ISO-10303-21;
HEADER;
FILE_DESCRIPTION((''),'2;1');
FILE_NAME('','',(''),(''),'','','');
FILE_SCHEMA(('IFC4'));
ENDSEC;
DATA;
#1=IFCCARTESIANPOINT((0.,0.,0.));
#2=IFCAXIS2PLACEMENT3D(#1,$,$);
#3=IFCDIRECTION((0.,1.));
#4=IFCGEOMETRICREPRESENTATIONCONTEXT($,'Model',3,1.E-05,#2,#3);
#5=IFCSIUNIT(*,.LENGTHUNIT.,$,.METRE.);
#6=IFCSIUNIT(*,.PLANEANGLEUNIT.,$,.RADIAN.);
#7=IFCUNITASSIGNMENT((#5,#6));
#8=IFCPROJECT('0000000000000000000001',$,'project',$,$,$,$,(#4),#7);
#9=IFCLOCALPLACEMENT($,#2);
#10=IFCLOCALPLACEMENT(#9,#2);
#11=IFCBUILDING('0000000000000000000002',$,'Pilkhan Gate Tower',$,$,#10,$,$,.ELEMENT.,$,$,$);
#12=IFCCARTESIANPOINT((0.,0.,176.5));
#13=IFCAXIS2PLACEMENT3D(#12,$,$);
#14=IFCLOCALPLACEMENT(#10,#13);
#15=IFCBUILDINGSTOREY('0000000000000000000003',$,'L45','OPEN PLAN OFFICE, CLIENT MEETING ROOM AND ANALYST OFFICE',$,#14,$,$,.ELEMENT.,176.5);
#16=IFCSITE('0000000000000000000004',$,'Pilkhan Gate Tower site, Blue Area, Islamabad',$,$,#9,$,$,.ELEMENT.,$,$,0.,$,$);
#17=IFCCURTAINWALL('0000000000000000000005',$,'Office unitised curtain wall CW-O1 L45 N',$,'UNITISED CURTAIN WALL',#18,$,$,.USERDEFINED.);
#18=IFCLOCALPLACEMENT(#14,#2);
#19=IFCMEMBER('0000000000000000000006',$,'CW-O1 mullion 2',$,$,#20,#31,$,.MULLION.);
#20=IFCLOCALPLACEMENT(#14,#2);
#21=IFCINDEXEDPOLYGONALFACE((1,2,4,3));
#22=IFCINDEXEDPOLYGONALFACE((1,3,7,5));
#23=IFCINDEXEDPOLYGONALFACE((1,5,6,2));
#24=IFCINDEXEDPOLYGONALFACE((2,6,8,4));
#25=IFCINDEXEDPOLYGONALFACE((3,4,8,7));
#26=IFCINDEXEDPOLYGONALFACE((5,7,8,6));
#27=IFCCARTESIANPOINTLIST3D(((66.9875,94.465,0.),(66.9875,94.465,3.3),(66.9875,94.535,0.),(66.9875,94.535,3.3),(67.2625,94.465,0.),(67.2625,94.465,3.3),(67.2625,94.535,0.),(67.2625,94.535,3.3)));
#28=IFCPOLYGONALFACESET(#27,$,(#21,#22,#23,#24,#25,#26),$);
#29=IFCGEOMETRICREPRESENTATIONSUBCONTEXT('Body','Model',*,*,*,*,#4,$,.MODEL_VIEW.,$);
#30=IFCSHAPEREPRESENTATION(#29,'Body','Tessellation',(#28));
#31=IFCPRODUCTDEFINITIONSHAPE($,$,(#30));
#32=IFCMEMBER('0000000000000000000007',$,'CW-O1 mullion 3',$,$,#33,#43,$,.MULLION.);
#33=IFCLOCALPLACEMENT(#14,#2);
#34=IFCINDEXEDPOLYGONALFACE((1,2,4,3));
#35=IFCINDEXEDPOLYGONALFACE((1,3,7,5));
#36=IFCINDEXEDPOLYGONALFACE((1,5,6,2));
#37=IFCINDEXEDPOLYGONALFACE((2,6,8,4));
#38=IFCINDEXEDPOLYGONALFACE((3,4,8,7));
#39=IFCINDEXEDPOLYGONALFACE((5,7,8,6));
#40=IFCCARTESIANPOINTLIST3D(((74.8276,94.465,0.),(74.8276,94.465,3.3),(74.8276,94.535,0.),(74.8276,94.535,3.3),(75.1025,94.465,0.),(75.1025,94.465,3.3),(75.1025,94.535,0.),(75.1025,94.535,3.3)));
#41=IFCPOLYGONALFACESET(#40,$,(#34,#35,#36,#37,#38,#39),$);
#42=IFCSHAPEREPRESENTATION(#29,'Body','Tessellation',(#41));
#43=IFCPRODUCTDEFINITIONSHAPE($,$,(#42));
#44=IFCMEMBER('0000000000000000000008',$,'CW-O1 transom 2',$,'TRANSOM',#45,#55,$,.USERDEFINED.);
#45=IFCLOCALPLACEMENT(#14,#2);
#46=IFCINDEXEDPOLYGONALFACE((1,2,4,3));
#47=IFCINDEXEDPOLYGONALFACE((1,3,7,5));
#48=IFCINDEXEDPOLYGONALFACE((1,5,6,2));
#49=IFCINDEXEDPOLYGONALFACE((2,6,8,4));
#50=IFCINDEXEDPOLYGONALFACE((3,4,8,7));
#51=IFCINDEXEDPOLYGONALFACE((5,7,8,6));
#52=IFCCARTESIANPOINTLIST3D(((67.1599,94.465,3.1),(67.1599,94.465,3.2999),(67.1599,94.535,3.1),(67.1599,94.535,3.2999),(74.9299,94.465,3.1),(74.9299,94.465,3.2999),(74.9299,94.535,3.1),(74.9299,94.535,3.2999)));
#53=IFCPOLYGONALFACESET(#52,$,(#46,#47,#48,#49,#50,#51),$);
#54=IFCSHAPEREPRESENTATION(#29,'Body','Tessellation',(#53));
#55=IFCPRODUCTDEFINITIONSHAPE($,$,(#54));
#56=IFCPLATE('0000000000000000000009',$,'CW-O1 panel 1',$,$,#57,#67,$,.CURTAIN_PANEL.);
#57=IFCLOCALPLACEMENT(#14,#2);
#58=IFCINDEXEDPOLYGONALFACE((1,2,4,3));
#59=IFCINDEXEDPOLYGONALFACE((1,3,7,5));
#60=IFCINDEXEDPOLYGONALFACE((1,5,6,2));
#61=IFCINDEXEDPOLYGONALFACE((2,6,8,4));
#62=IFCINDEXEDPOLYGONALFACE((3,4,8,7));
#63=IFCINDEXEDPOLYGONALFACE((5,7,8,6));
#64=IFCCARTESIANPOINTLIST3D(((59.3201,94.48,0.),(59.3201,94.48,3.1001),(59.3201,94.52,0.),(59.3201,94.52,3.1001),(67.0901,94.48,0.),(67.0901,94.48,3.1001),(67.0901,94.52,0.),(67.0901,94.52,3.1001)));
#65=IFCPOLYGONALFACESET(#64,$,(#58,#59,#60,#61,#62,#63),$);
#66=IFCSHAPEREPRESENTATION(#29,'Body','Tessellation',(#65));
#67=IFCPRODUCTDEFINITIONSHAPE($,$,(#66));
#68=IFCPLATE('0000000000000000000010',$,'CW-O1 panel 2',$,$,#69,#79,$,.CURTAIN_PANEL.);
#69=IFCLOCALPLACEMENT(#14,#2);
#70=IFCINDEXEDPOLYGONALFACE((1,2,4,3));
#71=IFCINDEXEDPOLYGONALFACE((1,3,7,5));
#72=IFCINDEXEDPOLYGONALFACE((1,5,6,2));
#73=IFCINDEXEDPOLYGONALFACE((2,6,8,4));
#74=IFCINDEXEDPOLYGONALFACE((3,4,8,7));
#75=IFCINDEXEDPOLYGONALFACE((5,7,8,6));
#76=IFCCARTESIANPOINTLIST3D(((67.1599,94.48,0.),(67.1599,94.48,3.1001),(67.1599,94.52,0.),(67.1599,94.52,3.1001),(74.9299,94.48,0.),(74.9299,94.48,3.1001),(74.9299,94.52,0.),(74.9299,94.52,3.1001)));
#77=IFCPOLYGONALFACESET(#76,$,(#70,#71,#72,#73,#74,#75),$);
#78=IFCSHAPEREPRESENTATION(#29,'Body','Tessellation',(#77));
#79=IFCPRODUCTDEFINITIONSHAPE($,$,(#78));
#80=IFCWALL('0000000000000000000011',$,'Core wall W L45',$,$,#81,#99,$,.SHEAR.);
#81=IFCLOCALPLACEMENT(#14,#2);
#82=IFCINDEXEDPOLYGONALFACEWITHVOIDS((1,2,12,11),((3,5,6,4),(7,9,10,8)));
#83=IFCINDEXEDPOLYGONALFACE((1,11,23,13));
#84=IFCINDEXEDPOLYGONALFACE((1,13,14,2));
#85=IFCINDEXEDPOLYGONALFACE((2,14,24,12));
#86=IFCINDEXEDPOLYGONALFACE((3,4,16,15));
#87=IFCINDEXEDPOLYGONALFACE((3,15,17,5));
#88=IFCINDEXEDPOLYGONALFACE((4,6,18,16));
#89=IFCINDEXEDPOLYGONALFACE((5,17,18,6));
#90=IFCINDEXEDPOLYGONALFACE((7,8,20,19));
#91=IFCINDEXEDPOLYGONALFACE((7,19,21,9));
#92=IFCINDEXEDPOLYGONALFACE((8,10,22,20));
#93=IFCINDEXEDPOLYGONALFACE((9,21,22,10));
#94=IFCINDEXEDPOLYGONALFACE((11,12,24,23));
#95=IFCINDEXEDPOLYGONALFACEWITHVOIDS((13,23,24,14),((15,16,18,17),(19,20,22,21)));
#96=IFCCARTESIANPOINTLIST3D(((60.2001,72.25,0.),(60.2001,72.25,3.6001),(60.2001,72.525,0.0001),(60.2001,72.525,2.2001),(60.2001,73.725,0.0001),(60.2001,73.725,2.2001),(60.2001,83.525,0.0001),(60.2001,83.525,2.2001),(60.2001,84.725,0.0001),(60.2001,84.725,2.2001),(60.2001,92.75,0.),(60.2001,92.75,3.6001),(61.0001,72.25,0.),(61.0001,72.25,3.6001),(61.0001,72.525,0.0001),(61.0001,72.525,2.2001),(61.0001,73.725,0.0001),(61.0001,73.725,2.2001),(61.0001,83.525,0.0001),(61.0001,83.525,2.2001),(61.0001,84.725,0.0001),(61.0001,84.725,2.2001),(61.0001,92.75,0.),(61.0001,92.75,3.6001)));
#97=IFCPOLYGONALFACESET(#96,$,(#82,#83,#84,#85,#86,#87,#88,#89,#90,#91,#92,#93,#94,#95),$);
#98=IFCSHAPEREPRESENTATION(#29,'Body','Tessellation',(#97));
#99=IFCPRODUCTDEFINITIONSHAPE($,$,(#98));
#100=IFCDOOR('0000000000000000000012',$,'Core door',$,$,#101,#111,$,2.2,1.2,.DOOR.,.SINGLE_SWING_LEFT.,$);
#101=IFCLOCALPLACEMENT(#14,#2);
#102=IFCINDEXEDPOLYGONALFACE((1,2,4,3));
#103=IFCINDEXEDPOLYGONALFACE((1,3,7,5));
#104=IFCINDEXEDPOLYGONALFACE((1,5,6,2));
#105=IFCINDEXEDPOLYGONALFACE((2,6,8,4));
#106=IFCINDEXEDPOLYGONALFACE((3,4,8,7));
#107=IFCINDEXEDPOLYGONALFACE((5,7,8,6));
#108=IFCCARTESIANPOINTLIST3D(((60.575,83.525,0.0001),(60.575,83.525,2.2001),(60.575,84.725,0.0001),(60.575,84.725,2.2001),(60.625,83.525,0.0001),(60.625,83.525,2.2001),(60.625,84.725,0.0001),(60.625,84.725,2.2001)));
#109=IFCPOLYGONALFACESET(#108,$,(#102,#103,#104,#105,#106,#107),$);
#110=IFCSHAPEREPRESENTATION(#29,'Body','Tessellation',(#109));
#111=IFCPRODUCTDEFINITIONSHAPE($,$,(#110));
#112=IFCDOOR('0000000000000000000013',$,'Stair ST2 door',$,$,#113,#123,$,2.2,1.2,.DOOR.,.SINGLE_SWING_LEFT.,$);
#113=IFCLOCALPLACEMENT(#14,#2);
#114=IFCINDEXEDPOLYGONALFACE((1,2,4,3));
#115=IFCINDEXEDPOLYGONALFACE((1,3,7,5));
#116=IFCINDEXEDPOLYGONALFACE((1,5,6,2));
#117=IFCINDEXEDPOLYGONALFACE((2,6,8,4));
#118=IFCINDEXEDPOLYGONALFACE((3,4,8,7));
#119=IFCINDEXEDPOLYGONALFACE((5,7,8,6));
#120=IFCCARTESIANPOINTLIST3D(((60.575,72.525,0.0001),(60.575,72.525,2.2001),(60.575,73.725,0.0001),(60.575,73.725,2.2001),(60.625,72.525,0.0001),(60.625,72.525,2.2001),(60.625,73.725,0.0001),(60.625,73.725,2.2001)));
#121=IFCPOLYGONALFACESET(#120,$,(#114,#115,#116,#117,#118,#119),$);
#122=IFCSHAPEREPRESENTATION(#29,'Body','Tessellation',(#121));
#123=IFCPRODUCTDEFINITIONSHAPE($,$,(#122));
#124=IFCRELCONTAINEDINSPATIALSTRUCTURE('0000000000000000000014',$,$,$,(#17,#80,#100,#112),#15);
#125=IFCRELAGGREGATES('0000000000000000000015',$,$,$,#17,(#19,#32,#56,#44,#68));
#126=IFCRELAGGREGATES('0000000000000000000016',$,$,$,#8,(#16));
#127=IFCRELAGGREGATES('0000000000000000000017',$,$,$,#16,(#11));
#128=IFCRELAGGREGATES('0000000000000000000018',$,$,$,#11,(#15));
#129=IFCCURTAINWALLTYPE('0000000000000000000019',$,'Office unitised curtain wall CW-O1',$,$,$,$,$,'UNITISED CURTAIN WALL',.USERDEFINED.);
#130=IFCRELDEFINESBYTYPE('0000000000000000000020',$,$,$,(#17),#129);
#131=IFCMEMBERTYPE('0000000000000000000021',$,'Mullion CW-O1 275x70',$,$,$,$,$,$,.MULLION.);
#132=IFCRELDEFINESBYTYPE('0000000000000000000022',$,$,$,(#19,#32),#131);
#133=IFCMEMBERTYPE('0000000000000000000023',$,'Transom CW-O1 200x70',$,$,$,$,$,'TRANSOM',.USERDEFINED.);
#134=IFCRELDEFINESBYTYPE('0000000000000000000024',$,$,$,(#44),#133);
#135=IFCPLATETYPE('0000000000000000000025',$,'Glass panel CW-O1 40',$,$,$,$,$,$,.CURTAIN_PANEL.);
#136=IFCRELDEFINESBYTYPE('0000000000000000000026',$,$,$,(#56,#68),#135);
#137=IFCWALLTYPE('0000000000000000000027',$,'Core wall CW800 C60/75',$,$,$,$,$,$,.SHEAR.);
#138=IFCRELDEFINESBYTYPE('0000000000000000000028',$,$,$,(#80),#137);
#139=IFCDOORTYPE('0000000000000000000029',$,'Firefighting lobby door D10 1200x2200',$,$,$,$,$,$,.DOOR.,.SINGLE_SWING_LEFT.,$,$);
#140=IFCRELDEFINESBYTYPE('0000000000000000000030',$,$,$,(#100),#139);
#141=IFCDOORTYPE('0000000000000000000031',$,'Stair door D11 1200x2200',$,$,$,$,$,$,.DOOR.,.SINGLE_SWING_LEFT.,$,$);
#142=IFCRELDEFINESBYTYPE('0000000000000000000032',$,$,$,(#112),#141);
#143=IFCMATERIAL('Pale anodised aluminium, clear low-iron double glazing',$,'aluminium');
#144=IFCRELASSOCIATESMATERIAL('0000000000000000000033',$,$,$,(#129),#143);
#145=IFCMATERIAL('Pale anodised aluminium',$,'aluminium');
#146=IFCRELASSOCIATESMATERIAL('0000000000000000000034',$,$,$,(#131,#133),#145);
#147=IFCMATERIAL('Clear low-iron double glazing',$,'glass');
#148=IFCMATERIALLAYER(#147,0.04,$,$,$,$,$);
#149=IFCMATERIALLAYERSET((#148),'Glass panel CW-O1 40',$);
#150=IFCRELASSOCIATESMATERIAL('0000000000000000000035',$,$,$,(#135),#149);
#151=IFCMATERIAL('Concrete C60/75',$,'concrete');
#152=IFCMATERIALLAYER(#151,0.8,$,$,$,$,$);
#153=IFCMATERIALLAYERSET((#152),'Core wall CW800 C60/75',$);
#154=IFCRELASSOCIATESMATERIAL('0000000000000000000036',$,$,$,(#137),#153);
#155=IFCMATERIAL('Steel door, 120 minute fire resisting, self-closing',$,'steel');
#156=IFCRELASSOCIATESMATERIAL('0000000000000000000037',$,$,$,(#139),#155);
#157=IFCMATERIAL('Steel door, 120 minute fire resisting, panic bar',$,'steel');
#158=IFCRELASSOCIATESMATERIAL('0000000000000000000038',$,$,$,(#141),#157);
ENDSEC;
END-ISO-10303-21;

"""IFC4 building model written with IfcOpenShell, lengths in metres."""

from ifc_helpers import new_model, si_unit, direction, frame, frame_2d, origin, origin_2d, place, context, subcontext, project, spatial, rectangle, extrude, material, layer, layer_set, material_profile, profile_set, type_object, element, fill, aggregate, save


model = new_model("IFC4")

# Units and contexts
model_context = context("Model", 3, precision=1e-05, world=origin(), true_north=direction((0.0, 1.0)))
body_context = subcontext(model_context, "Body", "Model", "MODEL_VIEW")
ifc_project = project(units=[si_unit("LENGTHUNIT", "METRE"), si_unit("PLANEANGLEUNIT", "RADIAN")], contexts=[model_context])

# Site, building, storey
site_placement = place(None, origin())
site = spatial("IfcSite", under=ifc_project, at=site_placement, Name="Pilkhan Gate Tower site, Blue Area, Islamabad", CompositionType="ELEMENT", RefElevation=0.0)
building_placement = place(site_placement, origin())
building = spatial("IfcBuilding", under=site, at=building_placement, Name="Pilkhan Gate Tower", CompositionType="ELEMENT")
storey_placement = place(building_placement, frame((0.0, 0.0, 176.5)))
storey = spatial("IfcBuildingStorey", under=building, at=storey_placement, Name="L45", Description="OPEN PLAN OFFICE, CLIENT MEETING ROOM AND ANALYST OFFICE", CompositionType="ELEMENT", Elevation=176.5)

# Curtain wall, members, plates
ifc_material_1 = material(Name="Pale anodised aluminium, clear low-iron double glazing", Category="aluminium")
curtain_wall_type = type_object("IfcCurtainWallType", Name="Office unitised curtain wall CW-O1", ElementType="UNITISED CURTAIN WALL", PredefinedType="USERDEFINED", material=ifc_material_1)
curtain_wall_placement = place(storey_placement, origin())
curtain_wall = element("IfcCurtainWall", 1, at=curtain_wall_placement, inside=storey, type_object=curtain_wall_type, Name="Office unitised curtain wall CW-O1 L45 N", ObjectType="UNITISED CURTAIN WALL", PredefinedType="USERDEFINED")
ifc_material_2 = material(Name="Pale anodised aluminium", Category="aluminium")
ifc_material_profile_1 = material_profile(ifc_material_2, rectangle(XDim=0.0701, YDim=0.2749, at=origin_2d()), Name="Mullion 275x70")
ifc_profile_set_1 = profile_set([ifc_material_profile_1], Name="Pale anodised aluminium")
member_type_1 = type_object("IfcMemberType", Name="Mullion CW-O1 275x70", PredefinedType="MULLION", material=ifc_profile_set_1)
member_1_placement = place(storey_placement, frame((67.125, 94.5, 0.0), z_axis=(0.0, 0.0, 1.0), x_axis=(0.0, 1.0, 0.0)))
member_1 = element("IfcMember", 2, at=member_1_placement, type_object=member_type_1, Name="CW-O1 mullion 2", PredefinedType="MULLION", context=body_context, shape_type="SweptSolid", body=[
    extrude(rectangle(XDim=0.0701, YDim=0.2749, at=origin_2d()), origin(), (0.0, 0.0, 1.0), 3.3),
])
member_2_placement = place(storey_placement, frame((74.9651, 94.5, 0.0), z_axis=(0.0, 0.0, 1.0), x_axis=(0.0, 1.0, 0.0)))
member_2 = element("IfcMember", 3, at=member_2_placement, type_object=member_type_1, Name="CW-O1 mullion 3", PredefinedType="MULLION", context=body_context, shape_type="SweptSolid", body=[
    extrude(rectangle(XDim=0.0701, YDim=0.2749, at=origin_2d()), origin(), (0.0, 0.0, 1.0), 3.3),
])
ifc_material_profile_2 = material_profile(ifc_material_2, rectangle(XDim=0.0701, YDim=0.2, at=origin_2d()), Name="Transom 200x70")
ifc_profile_set_2 = profile_set([ifc_material_profile_2], Name="Pale anodised aluminium")
member_type_2 = type_object("IfcMemberType", Name="Transom CW-O1 200x70", ElementType="TRANSOM", PredefinedType="USERDEFINED", material=ifc_profile_set_2)
member_3_placement = place(storey_placement, frame((67.1599, 94.5, 3.2), z_axis=(1.0, 0.0, 0.0), x_axis=(0.0, 1.0, 0.0)))
member_3 = element("IfcMember", 4, at=member_3_placement, type_object=member_type_2, Name="CW-O1 transom 2", ObjectType="TRANSOM", PredefinedType="USERDEFINED", context=body_context, shape_type="SweptSolid", body=[
    extrude(rectangle(XDim=0.0701, YDim=0.2, at=origin_2d()), origin(), (0.0, 0.0, 1.0), 7.77),
])
ifc_material_3 = material(Name="Clear low-iron double glazing", Category="glass")
ifc_layer_1 = layer(ifc_material_3, 0.04)
ifc_layer_set_1 = layer_set([ifc_layer_1], Name="Glass panel CW-O1 40")
plate_type = type_object("IfcPlateType", Name="Glass panel CW-O1 40", PredefinedType="CURTAIN_PANEL", material=ifc_layer_set_1)
plate_1_placement = place(storey_placement, frame((63.2051, 94.5, 0.0), z_axis=(0.0, 0.0, 1.0), x_axis=(1.0, 0.0, 0.0)))
plate_1 = element("IfcPlate", 5, at=plate_1_placement, type_object=plate_type, Name="CW-O1 panel 1", PredefinedType="CURTAIN_PANEL", context=body_context, shape_type="SweptSolid", body=[
    extrude(rectangle(XDim=7.77, YDim=0.04, at=origin_2d()), origin(), (0.0, 0.0, 1.0), 3.1001),
])
plate_2_placement = place(storey_placement, frame((71.0449, 94.5, 0.0), z_axis=(0.0, 0.0, 1.0), x_axis=(1.0, 0.0, 0.0)))
plate_2 = element("IfcPlate", 6, at=plate_2_placement, type_object=plate_type, Name="CW-O1 panel 2", PredefinedType="CURTAIN_PANEL", context=body_context, shape_type="SweptSolid", body=[
    extrude(rectangle(XDim=7.77, YDim=0.04, at=origin_2d()), origin(), (0.0, 0.0, 1.0), 3.1001),
])
aggregate(curtain_wall, [member_1, member_2, plate_1, member_3, plate_2])

# Wall, openings, doors
ifc_material_4 = material(Name="Concrete C60/75", Category="concrete")
ifc_layer_2 = layer(ifc_material_4, 0.8)
ifc_layer_set_2 = layer_set([ifc_layer_2], Name="Core wall CW800 C60/75")
wall_type_1 = type_object("IfcWallType", Name="Core wall CW800 C60/75", PredefinedType="SHEAR", material=ifc_layer_set_2)
wall_1_placement = place(storey_placement, frame((60.6001, 92.75, 0.0), z_axis=(0.0, 0.0, 1.0), x_axis=(0.0, -1.0, 0.0)))
wall_1 = element("IfcWall", 7, at=wall_1_placement, inside=storey, type_object=wall_type_1, Name="Core wall W L45", PredefinedType="SHEAR", context=body_context, shape_type="SweptSolid", body=[
    extrude(rectangle(XDim=20.5, YDim=0.8, at=frame_2d((10.25, 0.0))), origin(), (0.0, 0.0, 1.0), 3.6001),
])
opening_1_placement = place(wall_1_placement, frame((19.0249, 0.0, 0.0)))
opening_1 = element("IfcOpeningElement", 8, at=opening_1_placement, cuts=wall_1, PredefinedType="OPENING", context=body_context, shape_type="SweptSolid", body=[
    extrude(rectangle(XDim=1.2, YDim=2.2, at=frame_2d((0.6001, 1.1001))), frame((0.0, 0.4099, 0.0), z_axis=(0.0, -1.0, 0.0), x_axis=(1.0, 0.0, 0.0)), (0.0, 0.0, 1.0), 0.8201),
])
opening_2_placement = place(wall_1_placement, frame((8.0249, 0.0, 0.0)))
opening_2 = element("IfcOpeningElement", 9, at=opening_2_placement, cuts=wall_1, PredefinedType="OPENING", context=body_context, shape_type="SweptSolid", body=[
    extrude(rectangle(XDim=1.2, YDim=2.2, at=frame_2d((0.6001, 1.1001))), frame((0.0, 0.4099, 0.0), z_axis=(0.0, -1.0, 0.0), x_axis=(1.0, 0.0, 0.0)), (0.0, 0.0, 1.0), 0.8201),
])
ifc_material_5 = material(Name="Steel door, 120 minute fire resisting, self-closing", Category="steel")
door_type_1 = type_object("IfcDoorType", Name="Firefighting lobby door D10 1200x2200", OperationType="SINGLE_SWING_LEFT", PredefinedType="DOOR", material=ifc_material_5)
door_1_placement = place(opening_2_placement, origin())
door_1 = element("IfcDoor", 10, at=door_1_placement, inside=storey, type_object=door_type_1, Name="Core door", OperationType="SINGLE_SWING_LEFT", OverallHeight=2.2, OverallWidth=1.2, PredefinedType="DOOR", context=body_context, shape_type="SweptSolid", body=[
    extrude(rectangle(XDim=1.2, YDim=2.2, at=frame_2d((0.6001, 1.1001))), frame((0.0, 0.0249, 0.0), z_axis=(0.0, -1.0, 0.0), x_axis=(1.0, 0.0, 0.0)), (0.0, 0.0, 1.0), 0.05),
])
fill(opening_2, door_1)
ifc_material_6 = material(Name="Steel door, 120 minute fire resisting, panic bar", Category="steel")
door_type_2 = type_object("IfcDoorType", Name="Stair door D11 1200x2200", OperationType="SINGLE_SWING_LEFT", PredefinedType="DOOR", material=ifc_material_6)
door_2_placement = place(opening_1_placement, origin())
door_2 = element("IfcDoor", 11, at=door_2_placement, inside=storey, type_object=door_type_2, Name="Stair ST2 door", OperationType="SINGLE_SWING_LEFT", OverallHeight=2.2, OverallWidth=1.2, PredefinedType="DOOR", context=body_context, shape_type="SweptSolid", body=[
    extrude(rectangle(XDim=1.2, YDim=2.2, at=frame_2d((0.6001, 1.1001))), frame((0.0, 0.0249, 0.0), z_axis=(0.0, -1.0, 0.0), x_axis=(1.0, 0.0, 0.0)), (0.0, 0.0, 1.0), 0.05),
])
fill(opening_1, door_2)

save(model, "model.ifc")
